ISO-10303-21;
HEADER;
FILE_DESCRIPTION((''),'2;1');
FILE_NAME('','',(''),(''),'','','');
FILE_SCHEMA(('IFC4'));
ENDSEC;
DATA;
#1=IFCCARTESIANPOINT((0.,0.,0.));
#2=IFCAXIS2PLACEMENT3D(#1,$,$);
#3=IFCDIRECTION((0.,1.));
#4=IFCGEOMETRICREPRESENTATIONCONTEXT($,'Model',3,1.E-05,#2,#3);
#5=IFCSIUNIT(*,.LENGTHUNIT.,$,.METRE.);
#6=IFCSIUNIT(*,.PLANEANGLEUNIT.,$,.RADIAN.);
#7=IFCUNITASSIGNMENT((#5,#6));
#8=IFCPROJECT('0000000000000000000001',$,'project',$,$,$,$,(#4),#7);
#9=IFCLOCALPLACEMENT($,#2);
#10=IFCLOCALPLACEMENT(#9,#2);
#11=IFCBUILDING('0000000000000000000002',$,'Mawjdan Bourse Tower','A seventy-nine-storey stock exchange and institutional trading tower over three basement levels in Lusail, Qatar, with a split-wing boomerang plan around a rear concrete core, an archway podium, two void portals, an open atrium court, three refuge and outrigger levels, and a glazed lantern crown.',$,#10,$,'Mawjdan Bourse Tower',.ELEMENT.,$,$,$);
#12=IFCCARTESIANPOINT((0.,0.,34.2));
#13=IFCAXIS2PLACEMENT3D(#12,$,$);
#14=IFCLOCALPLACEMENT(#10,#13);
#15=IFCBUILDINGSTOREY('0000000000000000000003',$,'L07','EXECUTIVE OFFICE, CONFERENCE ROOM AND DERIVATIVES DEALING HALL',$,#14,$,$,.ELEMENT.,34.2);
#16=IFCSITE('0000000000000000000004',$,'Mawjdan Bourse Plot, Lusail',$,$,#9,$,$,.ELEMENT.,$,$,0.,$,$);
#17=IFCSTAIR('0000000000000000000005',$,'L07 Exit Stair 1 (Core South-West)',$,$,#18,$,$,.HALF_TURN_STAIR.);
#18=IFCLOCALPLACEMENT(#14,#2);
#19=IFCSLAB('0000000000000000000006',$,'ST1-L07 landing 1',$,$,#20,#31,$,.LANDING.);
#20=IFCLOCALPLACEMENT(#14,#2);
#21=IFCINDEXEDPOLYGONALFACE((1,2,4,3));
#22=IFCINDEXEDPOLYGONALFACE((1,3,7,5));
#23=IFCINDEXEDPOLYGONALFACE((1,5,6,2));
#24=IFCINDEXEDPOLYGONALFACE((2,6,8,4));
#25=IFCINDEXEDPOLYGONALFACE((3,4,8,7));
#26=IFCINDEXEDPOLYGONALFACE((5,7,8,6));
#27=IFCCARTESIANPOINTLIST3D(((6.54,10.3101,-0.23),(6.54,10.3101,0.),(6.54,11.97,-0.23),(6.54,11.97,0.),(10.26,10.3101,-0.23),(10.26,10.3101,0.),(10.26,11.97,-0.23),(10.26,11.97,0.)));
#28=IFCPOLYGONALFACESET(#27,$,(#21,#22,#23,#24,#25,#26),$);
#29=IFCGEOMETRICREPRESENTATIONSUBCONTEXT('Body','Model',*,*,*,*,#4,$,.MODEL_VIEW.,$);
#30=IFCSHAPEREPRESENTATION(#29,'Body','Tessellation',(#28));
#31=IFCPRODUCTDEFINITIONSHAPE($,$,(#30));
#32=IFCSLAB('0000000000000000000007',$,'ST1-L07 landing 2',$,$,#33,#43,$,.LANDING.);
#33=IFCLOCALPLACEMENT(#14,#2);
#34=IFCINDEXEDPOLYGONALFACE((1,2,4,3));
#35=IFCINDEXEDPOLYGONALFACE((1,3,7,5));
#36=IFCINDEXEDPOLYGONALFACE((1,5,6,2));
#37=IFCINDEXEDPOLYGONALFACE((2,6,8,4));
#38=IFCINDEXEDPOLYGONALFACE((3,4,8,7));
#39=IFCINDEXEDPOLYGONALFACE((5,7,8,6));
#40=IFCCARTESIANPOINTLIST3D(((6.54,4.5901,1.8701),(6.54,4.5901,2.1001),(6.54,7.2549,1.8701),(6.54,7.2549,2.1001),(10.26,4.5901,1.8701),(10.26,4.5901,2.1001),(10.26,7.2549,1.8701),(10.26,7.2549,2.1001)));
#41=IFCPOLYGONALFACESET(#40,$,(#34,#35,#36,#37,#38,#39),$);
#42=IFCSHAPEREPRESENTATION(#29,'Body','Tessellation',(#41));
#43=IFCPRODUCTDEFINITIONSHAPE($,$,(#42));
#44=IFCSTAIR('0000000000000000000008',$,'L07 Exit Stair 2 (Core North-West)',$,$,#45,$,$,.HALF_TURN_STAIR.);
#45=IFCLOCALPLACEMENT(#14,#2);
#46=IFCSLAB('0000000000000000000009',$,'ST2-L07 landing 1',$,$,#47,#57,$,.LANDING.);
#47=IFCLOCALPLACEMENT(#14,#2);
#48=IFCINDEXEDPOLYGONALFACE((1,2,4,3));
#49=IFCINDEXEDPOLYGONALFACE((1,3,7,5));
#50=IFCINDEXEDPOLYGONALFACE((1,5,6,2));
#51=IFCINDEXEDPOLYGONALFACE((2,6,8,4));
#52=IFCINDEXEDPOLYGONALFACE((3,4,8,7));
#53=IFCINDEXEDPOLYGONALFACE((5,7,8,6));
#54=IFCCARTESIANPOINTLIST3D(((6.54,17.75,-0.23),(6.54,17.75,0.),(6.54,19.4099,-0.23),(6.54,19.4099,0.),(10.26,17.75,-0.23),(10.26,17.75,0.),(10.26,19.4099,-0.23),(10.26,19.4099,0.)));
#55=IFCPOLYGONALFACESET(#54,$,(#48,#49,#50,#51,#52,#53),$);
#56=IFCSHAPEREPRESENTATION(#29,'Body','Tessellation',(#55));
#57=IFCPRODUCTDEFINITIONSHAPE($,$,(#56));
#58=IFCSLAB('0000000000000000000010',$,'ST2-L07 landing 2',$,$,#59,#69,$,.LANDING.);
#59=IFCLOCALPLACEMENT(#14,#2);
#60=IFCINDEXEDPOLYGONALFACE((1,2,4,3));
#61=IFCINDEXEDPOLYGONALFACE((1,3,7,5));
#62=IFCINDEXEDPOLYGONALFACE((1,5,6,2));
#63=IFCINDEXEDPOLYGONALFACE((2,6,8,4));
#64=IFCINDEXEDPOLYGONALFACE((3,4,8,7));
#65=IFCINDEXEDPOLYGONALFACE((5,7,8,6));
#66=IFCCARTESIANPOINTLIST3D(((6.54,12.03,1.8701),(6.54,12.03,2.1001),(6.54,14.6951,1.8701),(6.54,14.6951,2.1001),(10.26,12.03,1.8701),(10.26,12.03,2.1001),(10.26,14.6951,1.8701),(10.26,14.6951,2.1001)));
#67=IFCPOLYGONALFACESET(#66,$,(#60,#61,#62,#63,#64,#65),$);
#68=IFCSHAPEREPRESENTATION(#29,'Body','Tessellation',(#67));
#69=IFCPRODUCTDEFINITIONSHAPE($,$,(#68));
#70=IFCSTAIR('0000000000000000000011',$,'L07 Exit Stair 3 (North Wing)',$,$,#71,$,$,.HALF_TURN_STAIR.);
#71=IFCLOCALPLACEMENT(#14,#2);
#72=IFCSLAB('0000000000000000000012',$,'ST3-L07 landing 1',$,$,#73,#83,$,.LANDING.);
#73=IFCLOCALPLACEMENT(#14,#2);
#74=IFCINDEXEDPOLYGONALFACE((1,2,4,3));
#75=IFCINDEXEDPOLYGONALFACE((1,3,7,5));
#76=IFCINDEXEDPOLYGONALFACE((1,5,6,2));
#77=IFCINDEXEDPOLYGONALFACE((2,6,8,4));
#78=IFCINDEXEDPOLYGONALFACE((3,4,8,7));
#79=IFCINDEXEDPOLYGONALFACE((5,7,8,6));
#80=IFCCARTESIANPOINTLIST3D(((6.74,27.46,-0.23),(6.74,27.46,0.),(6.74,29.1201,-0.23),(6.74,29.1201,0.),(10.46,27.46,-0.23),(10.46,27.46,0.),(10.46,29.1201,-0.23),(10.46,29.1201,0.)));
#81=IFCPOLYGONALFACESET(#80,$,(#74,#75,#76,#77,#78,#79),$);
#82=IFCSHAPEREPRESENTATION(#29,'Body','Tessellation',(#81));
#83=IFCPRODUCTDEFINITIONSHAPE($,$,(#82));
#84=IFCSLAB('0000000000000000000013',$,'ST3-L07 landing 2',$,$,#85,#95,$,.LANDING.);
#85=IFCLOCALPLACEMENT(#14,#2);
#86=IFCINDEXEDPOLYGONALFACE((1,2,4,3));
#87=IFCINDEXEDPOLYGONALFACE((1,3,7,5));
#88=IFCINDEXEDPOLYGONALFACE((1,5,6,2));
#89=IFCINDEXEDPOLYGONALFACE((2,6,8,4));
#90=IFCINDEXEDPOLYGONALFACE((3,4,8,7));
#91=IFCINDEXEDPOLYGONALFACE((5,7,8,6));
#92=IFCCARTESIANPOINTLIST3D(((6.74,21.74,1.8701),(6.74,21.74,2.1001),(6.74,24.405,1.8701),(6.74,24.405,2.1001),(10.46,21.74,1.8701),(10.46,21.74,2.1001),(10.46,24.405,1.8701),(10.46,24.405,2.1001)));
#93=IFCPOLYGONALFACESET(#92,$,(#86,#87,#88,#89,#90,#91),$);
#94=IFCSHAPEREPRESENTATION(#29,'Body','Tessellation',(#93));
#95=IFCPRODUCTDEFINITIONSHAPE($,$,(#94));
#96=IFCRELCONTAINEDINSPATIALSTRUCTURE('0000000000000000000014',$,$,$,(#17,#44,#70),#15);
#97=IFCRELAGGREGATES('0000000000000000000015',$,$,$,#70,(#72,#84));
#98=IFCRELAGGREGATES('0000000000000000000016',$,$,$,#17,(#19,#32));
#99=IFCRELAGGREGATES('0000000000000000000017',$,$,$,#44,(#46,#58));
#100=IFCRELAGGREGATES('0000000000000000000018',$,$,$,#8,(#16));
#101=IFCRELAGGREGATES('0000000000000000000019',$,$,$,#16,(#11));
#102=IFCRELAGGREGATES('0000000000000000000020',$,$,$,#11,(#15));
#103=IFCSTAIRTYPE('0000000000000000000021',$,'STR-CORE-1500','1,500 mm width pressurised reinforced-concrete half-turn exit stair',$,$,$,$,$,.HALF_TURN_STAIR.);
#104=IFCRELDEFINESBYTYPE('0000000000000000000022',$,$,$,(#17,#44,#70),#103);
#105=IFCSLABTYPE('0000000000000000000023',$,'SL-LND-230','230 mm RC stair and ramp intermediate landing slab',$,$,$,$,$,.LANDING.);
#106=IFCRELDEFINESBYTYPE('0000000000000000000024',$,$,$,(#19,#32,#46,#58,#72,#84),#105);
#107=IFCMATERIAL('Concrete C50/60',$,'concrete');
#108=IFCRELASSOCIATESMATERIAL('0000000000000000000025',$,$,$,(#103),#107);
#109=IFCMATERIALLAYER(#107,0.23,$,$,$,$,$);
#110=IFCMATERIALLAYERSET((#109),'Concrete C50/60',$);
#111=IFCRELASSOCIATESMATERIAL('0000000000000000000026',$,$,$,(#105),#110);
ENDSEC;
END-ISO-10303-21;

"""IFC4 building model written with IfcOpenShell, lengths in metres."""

from ifc_helpers import new_model, si_unit, direction, frame, origin, place, context, subcontext, project, spatial, polyline, outline, extrude, material, layer, layer_set, type_object, element, aggregate, save


model = new_model("IFC4")

# Units and contexts
model_context = context("Model", 3, precision=1e-05, world=origin(), true_north=direction((0.0, 1.0)))
body_context = subcontext(model_context, "Body", "Model", "MODEL_VIEW")
ifc_project = project(units=[si_unit("LENGTHUNIT", "METRE"), si_unit("PLANEANGLEUNIT", "RADIAN")], contexts=[model_context])

# Site, building, storey
site_placement = place(None, origin())
site = spatial("IfcSite", under=ifc_project, at=site_placement, Name="Mawjdan Bourse Plot, Lusail", CompositionType="ELEMENT", RefElevation=0.0)
building_placement = place(site_placement, origin())
building = spatial("IfcBuilding", under=site, at=building_placement, Name="Mawjdan Bourse Tower", Description="A seventy-nine-storey stock exchange and institutional trading tower over three basement levels in Lusail, Qatar, with a split-wing boomerang plan around a rear concrete core, an archway podium, two void portals, an open atrium court, three refuge and outrigger levels, and a glazed lantern crown.", LongName="Mawjdan Bourse Tower", CompositionType="ELEMENT")
storey_placement = place(building_placement, frame((0.0, 0.0, 34.2)))
storey = spatial("IfcBuildingStorey", under=building, at=storey_placement, Name="L07", Description="EXECUTIVE OFFICE, CONFERENCE ROOM AND DERIVATIVES DEALING HALL", CompositionType="ELEMENT", Elevation=34.2)

# Stairs, slabs
ifc_material_1 = material(Name="Concrete C50/60", Category="concrete")
stair_type = type_object("IfcStairType", Name="STR-CORE-1500", Description="1,500 mm width pressurised reinforced-concrete half-turn exit stair", PredefinedType="HALF_TURN_STAIR", material=ifc_material_1)
stair_1_placement = place(storey_placement, origin())
stair_1 = element("IfcStair", 1, at=stair_1_placement, inside=storey, type_object=stair_type, Name="L07 Exit Stair 1 (Core South-West)", PredefinedType="HALF_TURN_STAIR")
ifc_layer_1 = layer(ifc_material_1, 0.23)
ifc_layer_set_1 = layer_set([ifc_layer_1], Name="Concrete C50/60")
slab_type_1 = type_object("IfcSlabType", Name="SL-LND-230", Description="230 mm RC stair and ramp intermediate landing slab", PredefinedType="LANDING", material=ifc_layer_set_1)
slab_1_placement = place(storey_placement, frame((0.0, 0.0, -0.23)))
slab_1 = element("IfcSlab", 2, at=slab_1_placement, type_object=slab_type_1, Name="ST1-L07 landing 1", PredefinedType="LANDING", context=body_context, shape_type="SweptSolid", body=[
    extrude(outline(polyline([(6.54, 10.3101), (10.26, 10.3101), (10.26, 11.97), (6.54, 11.97), (6.54, 10.3101)])), origin(), (0.0, 0.0, 1.0), 0.23),
])
slab_2_placement = place(storey_placement, frame((0.0, 0.0, 1.8701)))
slab_2 = element("IfcSlab", 3, at=slab_2_placement, type_object=slab_type_1, Name="ST1-L07 landing 2", PredefinedType="LANDING", context=body_context, shape_type="SweptSolid", body=[
    extrude(outline(polyline([(6.54, 4.5901), (10.26, 4.5901), (10.26, 7.2549), (6.54, 7.2549), (6.54, 4.5901)])), origin(), (0.0, 0.0, 1.0), 0.23),
])
stair_2_placement = place(storey_placement, origin())
stair_2 = element("IfcStair", 4, at=stair_2_placement, inside=storey, type_object=stair_type, Name="L07 Exit Stair 2 (Core North-West)", PredefinedType="HALF_TURN_STAIR")
slab_3_placement = place(storey_placement, frame((0.0, 0.0, -0.23)))
slab_3 = element("IfcSlab", 5, at=slab_3_placement, type_object=slab_type_1, Name="ST2-L07 landing 1", PredefinedType="LANDING", context=body_context, shape_type="SweptSolid", body=[
    extrude(outline(polyline([(6.54, 17.75), (10.26, 17.75), (10.26, 19.4099), (6.54, 19.4099), (6.54, 17.75)])), origin(), (0.0, 0.0, 1.0), 0.23),
])
slab_4_placement = place(storey_placement, frame((0.0, 0.0, 1.8701)))
slab_4 = element("IfcSlab", 6, at=slab_4_placement, type_object=slab_type_1, Name="ST2-L07 landing 2", PredefinedType="LANDING", context=body_context, shape_type="SweptSolid", body=[
    extrude(outline(polyline([(6.54, 12.03), (10.26, 12.03), (10.26, 14.6951), (6.54, 14.6951), (6.54, 12.03)])), origin(), (0.0, 0.0, 1.0), 0.23),
])
stair_3_placement = place(storey_placement, origin())
stair_3 = element("IfcStair", 7, at=stair_3_placement, inside=storey, type_object=stair_type, Name="L07 Exit Stair 3 (North Wing)", PredefinedType="HALF_TURN_STAIR")
slab_5_placement = place(storey_placement, frame((0.0, 0.0, -0.23)))
slab_5 = element("IfcSlab", 8, at=slab_5_placement, type_object=slab_type_1, Name="ST3-L07 landing 1", PredefinedType="LANDING", context=body_context, shape_type="SweptSolid", body=[
    extrude(outline(polyline([(6.74, 27.46), (10.46, 27.46), (10.46, 29.1201), (6.74, 29.1201), (6.74, 27.46)])), origin(), (0.0, 0.0, 1.0), 0.23),
])
slab_6_placement = place(storey_placement, frame((0.0, 0.0, 1.8701)))
slab_6 = element("IfcSlab", 9, at=slab_6_placement, type_object=slab_type_1, Name="ST3-L07 landing 2", PredefinedType="LANDING", context=body_context, shape_type="SweptSolid", body=[
    extrude(outline(polyline([(6.74, 21.74), (10.46, 21.74), (10.46, 24.405), (6.74, 24.405), (6.74, 21.74)])), origin(), (0.0, 0.0, 1.0), 0.23),
])
aggregate(stair_3, [slab_5, slab_6])

aggregate(stair_1, [slab_1, slab_2])
aggregate(stair_2, [slab_3, slab_4])

save(model, "model.ifc")
